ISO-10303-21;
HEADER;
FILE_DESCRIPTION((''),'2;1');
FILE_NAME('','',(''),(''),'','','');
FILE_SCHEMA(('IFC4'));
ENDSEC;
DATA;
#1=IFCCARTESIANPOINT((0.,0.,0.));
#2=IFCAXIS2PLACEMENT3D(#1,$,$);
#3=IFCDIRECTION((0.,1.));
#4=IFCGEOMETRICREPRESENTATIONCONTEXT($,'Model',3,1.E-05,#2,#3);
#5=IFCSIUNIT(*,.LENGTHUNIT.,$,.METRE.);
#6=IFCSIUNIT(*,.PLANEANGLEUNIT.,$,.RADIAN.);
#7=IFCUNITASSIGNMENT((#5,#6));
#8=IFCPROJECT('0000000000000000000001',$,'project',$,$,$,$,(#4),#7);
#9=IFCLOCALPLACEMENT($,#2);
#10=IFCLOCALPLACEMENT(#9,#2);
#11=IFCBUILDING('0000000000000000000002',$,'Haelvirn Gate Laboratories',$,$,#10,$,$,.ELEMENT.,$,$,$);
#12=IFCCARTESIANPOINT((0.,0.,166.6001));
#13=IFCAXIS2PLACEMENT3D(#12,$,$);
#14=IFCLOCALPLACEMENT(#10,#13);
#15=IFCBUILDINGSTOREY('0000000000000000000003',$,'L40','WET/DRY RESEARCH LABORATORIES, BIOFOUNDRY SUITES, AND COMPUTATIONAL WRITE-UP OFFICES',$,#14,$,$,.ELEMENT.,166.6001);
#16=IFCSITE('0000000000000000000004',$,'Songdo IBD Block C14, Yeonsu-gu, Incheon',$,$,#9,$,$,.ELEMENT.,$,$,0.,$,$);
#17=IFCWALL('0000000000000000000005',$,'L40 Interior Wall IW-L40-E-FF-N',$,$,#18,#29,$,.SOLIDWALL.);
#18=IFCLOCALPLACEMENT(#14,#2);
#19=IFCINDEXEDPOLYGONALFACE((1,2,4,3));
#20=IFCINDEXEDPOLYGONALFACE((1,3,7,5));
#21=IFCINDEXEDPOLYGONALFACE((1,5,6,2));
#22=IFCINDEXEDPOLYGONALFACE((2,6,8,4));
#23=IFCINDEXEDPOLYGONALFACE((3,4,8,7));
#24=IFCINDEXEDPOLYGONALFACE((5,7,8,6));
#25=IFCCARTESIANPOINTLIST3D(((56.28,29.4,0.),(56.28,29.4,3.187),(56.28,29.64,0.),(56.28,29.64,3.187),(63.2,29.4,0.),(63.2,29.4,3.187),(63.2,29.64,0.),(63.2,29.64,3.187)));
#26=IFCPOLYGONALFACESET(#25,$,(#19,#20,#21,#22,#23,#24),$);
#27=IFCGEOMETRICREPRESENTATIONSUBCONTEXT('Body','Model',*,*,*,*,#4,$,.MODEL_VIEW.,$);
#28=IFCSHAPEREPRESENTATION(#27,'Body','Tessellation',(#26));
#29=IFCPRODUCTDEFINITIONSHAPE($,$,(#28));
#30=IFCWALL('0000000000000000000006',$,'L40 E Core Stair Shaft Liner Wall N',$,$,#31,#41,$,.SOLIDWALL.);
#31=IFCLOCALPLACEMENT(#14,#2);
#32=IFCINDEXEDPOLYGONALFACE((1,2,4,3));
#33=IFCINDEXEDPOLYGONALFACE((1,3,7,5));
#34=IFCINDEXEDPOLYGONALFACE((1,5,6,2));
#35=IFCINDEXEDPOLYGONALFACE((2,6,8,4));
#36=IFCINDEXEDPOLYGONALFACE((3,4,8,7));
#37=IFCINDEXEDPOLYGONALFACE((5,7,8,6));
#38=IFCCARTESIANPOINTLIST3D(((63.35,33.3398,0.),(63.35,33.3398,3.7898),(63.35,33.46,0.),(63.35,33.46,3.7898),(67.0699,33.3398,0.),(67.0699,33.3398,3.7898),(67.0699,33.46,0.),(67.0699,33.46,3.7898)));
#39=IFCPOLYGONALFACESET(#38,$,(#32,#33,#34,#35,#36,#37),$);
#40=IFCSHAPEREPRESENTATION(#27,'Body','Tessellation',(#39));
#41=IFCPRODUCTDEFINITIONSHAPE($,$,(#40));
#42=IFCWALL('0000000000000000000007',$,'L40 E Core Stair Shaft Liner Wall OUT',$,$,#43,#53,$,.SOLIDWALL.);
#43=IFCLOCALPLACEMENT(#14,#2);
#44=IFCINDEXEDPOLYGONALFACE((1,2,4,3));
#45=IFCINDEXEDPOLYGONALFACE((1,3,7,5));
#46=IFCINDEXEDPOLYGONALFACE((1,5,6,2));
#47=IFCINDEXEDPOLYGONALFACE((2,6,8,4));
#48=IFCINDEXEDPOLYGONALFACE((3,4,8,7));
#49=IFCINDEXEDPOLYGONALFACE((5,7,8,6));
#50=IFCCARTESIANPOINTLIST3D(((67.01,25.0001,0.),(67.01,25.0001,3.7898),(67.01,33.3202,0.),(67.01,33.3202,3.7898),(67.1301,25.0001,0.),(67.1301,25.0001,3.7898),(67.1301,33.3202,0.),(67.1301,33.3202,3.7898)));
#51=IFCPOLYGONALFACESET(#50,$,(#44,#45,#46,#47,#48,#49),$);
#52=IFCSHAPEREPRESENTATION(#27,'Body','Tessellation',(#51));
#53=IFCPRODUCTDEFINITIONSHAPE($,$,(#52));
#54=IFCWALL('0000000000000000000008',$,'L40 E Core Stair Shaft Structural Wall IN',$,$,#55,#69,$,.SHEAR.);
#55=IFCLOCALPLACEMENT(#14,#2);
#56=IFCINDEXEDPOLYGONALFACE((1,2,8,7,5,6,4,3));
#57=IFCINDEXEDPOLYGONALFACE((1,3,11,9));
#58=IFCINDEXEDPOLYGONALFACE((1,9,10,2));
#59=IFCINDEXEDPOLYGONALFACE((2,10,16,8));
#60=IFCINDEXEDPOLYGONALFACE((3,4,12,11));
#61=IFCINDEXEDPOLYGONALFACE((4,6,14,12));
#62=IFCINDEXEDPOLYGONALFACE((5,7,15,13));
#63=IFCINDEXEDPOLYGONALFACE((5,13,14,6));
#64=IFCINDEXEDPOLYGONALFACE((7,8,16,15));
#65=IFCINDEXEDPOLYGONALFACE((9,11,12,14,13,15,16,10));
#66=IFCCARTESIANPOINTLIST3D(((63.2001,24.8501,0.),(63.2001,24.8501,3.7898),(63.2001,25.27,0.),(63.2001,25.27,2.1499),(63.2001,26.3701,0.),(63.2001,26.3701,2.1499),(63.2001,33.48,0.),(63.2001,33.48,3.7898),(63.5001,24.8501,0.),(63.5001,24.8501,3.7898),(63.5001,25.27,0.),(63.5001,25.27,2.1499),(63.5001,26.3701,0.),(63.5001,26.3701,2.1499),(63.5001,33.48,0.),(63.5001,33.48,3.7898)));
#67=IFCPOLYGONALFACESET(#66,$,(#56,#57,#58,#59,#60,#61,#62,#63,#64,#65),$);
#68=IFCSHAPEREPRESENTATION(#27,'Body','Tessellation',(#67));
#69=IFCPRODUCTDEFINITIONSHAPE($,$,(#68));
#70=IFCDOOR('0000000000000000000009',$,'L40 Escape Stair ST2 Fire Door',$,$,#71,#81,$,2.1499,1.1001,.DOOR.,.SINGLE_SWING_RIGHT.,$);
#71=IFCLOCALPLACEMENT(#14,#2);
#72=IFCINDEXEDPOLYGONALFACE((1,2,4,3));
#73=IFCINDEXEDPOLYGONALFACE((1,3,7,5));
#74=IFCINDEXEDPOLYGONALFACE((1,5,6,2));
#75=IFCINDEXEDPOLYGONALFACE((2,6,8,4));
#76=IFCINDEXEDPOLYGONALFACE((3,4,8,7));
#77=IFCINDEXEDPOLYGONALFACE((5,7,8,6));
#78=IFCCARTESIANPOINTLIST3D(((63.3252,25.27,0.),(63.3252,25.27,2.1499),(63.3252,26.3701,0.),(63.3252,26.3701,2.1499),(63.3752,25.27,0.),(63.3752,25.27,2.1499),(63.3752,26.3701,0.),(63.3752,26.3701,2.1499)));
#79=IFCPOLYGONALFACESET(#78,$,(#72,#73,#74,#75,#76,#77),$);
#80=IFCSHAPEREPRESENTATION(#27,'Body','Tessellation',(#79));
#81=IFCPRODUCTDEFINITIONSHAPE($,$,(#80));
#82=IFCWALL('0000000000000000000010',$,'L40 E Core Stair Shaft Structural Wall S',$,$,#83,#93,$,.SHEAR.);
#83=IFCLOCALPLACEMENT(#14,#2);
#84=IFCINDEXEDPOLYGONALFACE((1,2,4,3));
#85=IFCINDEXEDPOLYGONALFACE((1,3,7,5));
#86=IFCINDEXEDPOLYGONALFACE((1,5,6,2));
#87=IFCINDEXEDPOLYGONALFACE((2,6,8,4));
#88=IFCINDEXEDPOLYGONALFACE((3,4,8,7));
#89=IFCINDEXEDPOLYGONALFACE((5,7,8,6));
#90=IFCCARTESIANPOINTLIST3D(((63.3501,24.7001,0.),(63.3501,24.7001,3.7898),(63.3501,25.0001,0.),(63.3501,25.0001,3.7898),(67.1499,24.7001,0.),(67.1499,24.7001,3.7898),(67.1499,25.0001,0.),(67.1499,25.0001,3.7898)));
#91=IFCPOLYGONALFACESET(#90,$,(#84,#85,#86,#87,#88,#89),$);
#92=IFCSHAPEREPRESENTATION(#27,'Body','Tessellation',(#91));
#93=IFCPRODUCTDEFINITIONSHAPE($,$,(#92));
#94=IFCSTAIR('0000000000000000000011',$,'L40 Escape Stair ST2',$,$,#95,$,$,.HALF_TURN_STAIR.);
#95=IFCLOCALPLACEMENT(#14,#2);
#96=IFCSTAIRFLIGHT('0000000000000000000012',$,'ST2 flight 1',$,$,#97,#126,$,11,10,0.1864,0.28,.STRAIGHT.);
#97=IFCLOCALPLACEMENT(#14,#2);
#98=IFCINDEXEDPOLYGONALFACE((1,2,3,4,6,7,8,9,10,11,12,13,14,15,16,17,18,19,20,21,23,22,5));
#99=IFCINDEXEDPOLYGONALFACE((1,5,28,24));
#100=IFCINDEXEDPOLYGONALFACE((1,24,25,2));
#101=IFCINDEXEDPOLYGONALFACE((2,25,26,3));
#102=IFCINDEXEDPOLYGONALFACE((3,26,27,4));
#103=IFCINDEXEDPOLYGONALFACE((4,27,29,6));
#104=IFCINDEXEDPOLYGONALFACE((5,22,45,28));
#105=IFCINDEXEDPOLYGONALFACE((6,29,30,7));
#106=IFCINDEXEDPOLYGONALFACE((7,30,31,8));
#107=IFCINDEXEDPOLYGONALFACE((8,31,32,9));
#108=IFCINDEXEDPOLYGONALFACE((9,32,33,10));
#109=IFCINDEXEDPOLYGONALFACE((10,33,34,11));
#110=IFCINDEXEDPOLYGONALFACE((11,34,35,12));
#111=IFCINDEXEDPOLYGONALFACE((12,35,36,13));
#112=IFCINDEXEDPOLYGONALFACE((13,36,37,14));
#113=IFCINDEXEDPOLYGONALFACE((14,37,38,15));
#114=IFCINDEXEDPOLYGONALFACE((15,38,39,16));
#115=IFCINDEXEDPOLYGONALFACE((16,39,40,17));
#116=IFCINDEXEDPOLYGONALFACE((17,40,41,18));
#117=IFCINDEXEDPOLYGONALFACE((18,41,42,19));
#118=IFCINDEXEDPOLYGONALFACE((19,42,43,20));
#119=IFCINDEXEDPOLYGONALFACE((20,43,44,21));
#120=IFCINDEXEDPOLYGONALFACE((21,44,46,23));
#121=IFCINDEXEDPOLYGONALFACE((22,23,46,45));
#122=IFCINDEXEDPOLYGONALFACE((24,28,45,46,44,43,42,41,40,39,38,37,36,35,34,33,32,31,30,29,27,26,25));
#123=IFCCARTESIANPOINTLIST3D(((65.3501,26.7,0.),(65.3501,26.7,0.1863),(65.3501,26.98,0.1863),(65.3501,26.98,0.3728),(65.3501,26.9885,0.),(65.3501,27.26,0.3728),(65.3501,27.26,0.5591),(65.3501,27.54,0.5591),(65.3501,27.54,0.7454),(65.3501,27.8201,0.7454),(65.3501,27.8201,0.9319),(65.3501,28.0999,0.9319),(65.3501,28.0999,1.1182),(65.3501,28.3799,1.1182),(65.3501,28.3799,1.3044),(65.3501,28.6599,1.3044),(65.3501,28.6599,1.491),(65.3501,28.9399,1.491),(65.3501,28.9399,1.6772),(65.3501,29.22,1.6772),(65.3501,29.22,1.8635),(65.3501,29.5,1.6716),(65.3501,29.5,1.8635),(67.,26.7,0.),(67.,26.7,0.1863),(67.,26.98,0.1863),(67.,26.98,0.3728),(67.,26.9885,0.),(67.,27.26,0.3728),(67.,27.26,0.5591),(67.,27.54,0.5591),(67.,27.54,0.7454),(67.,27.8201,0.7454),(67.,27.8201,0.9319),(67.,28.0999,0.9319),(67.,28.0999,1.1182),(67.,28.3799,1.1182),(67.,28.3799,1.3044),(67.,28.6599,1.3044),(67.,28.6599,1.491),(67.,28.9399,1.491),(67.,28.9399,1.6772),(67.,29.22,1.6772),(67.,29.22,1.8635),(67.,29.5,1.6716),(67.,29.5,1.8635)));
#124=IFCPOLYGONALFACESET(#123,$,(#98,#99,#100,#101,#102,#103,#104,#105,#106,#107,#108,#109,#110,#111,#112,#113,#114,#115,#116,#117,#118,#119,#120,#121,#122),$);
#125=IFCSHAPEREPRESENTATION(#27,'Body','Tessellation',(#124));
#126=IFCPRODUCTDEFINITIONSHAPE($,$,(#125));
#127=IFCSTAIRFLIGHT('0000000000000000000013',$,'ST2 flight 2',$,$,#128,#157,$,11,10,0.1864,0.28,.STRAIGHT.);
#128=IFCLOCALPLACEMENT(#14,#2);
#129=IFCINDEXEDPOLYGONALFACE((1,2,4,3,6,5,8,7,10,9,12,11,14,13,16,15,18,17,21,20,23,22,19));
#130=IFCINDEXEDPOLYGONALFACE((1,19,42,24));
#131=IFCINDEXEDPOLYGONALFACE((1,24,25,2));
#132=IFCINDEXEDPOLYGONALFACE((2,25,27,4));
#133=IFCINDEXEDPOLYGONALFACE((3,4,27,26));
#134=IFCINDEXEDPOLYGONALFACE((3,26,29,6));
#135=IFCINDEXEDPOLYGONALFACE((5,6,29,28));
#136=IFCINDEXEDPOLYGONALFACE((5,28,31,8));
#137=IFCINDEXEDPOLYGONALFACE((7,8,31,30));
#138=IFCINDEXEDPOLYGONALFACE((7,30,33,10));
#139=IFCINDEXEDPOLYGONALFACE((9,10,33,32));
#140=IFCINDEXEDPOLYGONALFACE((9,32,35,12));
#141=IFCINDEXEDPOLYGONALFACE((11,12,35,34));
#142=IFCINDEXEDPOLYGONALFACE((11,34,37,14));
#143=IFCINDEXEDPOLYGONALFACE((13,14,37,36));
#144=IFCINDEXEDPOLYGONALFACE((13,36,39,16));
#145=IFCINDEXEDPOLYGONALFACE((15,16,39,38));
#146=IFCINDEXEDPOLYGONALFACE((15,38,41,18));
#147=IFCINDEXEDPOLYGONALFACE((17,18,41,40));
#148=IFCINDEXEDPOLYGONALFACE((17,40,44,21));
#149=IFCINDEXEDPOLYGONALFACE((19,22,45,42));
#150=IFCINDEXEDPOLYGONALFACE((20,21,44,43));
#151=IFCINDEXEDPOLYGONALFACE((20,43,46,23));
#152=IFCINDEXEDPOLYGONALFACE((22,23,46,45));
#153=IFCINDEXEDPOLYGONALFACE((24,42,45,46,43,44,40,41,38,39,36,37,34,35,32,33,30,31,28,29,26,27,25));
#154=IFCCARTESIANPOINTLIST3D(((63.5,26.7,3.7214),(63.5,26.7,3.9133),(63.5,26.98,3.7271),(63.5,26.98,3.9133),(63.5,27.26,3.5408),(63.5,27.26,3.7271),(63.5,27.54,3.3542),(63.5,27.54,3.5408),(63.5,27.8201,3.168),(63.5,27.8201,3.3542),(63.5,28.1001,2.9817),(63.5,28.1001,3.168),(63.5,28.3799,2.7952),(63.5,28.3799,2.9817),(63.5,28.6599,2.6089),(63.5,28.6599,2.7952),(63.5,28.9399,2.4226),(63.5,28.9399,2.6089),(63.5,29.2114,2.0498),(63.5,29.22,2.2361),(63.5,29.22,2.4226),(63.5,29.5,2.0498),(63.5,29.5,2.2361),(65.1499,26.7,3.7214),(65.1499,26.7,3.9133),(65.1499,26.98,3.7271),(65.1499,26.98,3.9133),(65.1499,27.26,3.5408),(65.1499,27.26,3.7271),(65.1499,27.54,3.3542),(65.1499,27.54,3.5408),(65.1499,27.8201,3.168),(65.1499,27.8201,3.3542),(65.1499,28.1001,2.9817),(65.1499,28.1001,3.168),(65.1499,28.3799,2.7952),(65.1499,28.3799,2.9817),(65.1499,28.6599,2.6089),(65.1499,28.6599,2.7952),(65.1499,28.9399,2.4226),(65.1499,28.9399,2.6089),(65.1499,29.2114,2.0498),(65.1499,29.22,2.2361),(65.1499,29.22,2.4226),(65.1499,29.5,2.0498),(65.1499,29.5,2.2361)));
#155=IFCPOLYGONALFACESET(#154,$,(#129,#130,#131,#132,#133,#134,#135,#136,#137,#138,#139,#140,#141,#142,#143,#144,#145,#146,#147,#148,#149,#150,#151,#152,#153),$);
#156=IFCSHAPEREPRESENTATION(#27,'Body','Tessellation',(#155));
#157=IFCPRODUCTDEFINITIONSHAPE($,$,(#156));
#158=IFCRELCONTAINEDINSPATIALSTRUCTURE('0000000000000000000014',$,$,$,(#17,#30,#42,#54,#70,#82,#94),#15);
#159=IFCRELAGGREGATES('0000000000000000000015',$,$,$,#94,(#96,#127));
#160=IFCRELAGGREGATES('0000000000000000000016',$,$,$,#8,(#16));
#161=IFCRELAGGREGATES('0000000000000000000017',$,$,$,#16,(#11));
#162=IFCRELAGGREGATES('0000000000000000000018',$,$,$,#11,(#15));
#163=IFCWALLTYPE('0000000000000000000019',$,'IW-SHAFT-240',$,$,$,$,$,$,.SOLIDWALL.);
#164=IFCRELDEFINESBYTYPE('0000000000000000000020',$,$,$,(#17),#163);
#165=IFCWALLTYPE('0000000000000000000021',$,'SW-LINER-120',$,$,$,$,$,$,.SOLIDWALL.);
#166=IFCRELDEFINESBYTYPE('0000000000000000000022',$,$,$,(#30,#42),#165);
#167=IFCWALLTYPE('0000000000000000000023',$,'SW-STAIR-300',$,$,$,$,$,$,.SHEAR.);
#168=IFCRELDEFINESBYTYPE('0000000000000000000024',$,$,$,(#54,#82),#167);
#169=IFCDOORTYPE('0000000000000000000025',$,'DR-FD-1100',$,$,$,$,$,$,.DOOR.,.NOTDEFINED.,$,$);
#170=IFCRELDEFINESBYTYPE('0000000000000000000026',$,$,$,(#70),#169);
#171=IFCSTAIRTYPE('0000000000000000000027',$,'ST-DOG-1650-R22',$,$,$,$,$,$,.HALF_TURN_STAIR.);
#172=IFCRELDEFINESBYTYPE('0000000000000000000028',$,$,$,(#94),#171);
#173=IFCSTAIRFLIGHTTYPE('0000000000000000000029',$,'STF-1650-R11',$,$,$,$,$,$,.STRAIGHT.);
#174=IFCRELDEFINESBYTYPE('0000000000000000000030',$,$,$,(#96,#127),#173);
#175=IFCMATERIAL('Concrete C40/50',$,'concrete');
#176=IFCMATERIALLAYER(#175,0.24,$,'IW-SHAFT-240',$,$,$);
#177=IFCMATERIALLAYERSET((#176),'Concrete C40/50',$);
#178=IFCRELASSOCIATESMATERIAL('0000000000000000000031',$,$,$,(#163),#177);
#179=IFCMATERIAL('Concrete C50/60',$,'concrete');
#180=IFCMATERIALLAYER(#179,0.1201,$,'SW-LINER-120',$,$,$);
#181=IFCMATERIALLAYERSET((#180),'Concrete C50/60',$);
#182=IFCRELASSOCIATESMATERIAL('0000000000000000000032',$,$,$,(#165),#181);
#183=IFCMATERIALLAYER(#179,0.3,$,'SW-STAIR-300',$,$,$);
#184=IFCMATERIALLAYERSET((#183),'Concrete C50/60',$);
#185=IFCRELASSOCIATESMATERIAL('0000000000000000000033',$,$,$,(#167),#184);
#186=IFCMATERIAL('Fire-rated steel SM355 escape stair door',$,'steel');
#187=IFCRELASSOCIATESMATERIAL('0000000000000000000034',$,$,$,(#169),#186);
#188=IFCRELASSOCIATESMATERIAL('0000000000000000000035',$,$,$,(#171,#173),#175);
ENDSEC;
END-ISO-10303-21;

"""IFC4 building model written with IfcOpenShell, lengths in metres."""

from ifc_helpers import new_model, si_unit, direction, frame, frame_2d, origin, place, context, subcontext, project, spatial, polyline, rectangle, outline, extrude, source, transform, mapped, material, layer, layer_set, type_object, type_shapes, element, fill, aggregate, save


model = new_model("IFC4")

# Units and contexts
model_context = context("Model", 3, precision=1e-05, world=origin(), true_north=direction((0.0, 1.0)))
body_context = subcontext(model_context, "Body", "Model", "MODEL_VIEW")
ifc_project = project(units=[si_unit("LENGTHUNIT", "METRE"), si_unit("PLANEANGLEUNIT", "RADIAN")], contexts=[model_context])

# Site, building, storey
site_placement = place(None, origin())
site = spatial("IfcSite", under=ifc_project, at=site_placement, Name="Songdo IBD Block C14, Yeonsu-gu, Incheon", CompositionType="ELEMENT", RefElevation=0.0)
building_placement = place(site_placement, origin())
building = spatial("IfcBuilding", under=site, at=building_placement, Name="Haelvirn Gate Laboratories", CompositionType="ELEMENT")
storey_placement = place(building_placement, frame((0.0, 0.0, 166.6001)))
storey = spatial("IfcBuildingStorey", under=building, at=storey_placement, Name="L40", Description="WET/DRY RESEARCH LABORATORIES, BIOFOUNDRY SUITES, AND COMPUTATIONAL WRITE-UP OFFICES", CompositionType="ELEMENT", Elevation=166.6001)

# Walls
ifc_material_1 = material(Name="Concrete C40/50", Category="concrete")
ifc_layer_1 = layer(ifc_material_1, 0.24, Name="IW-SHAFT-240")
ifc_layer_set_1 = layer_set([ifc_layer_1], Name="Concrete C40/50")
wall_type_1 = type_object("IfcWallType", Name="IW-SHAFT-240", PredefinedType="SOLIDWALL", material=ifc_layer_set_1)
wall_1_placement = place(storey_placement, frame((56.28, 29.52, 0.0), z_axis=(0.0, 0.0, 1.0), x_axis=(1.0, 0.0, 0.0)))
element("IfcWall", 1, at=wall_1_placement, inside=storey, type_object=wall_type_1, Name="L40 Interior Wall IW-L40-E-FF-N", PredefinedType="SOLIDWALL", context=body_context, shape_type="SweptSolid", body=[
    extrude(rectangle(XDim=6.9199, YDim=0.24, at=frame_2d((3.46, 0.0))), origin(), (0.0, 0.0, 1.0), 3.187),
])
ifc_material_2 = material(Name="Concrete C50/60", Category="concrete")
ifc_layer_2 = layer(ifc_material_2, 0.1201, Name="SW-LINER-120")
ifc_layer_set_2 = layer_set([ifc_layer_2], Name="Concrete C50/60")
wall_type_2 = type_object("IfcWallType", Name="SW-LINER-120", PredefinedType="SOLIDWALL", material=ifc_layer_set_2)
wall_2_placement = place(storey_placement, frame((63.3501, 33.3999, 0.0), z_axis=(0.0, 0.0, 1.0), x_axis=(1.0, 0.0, 0.0)))
element("IfcWall", 2, at=wall_2_placement, inside=storey, type_object=wall_type_2, Name="L40 E Core Stair Shaft Liner Wall N", PredefinedType="SOLIDWALL", context=body_context, shape_type="SweptSolid", body=[
    extrude(rectangle(XDim=3.72, YDim=0.1201, at=frame_2d((1.8599, 0.0))), origin(), (0.0, 0.0, 1.0), 3.7898),
])
wall_3_placement = place(storey_placement, frame((67.0701, 25.0, 0.0), z_axis=(0.0, 0.0, 1.0), x_axis=(0.0, 1.0, 0.0)))
element("IfcWall", 3, at=wall_3_placement, inside=storey, type_object=wall_type_2, Name="L40 E Core Stair Shaft Liner Wall OUT", PredefinedType="SOLIDWALL", context=body_context, shape_type="SweptSolid", body=[
    extrude(rectangle(XDim=8.3201, YDim=0.1201, at=frame_2d((4.1602, 0.0))), origin(), (0.0, 0.0, 1.0), 3.7898),
])

# Wall, opening, door
ifc_layer_3 = layer(ifc_material_2, 0.3, Name="SW-STAIR-300")
ifc_layer_set_3 = layer_set([ifc_layer_3], Name="Concrete C50/60")
wall_type_3 = type_object("IfcWallType", Name="SW-STAIR-300", PredefinedType="SHEAR", material=ifc_layer_set_3)
wall_4_placement = place(storey_placement, frame((63.3501, 24.8501, 0.0), z_axis=(0.0, 0.0, 1.0), x_axis=(0.0, 1.0, 0.0)))
wall_4 = element("IfcWall", 4, at=wall_4_placement, inside=storey, type_object=wall_type_3, Name="L40 E Core Stair Shaft Structural Wall IN", PredefinedType="SHEAR", context=body_context, shape_type="SweptSolid", body=[
    extrude(rectangle(XDim=8.6299, YDim=0.3, at=frame_2d((4.3149, 0.0))), origin(), (0.0, 0.0, 1.0), 3.7898),
])
opening_1_placement = place(wall_4_placement, frame((0.4199, 0.0, 0.0)))
opening_1 = element("IfcOpeningElement", 5, at=opening_1_placement, cuts=wall_4, PredefinedType="OPENING", context=body_context, shape_type="SweptSolid", body=[
    extrude(rectangle(XDim=1.1001, YDim=2.1499, at=frame_2d((0.55, 1.075))), frame((0.0, 0.1602, 0.0), z_axis=(0.0, -1.0, 0.0), x_axis=(1.0, 0.0, 0.0)), (0.0, 0.0, 1.0), 0.3201),
])
ifc_material_3 = material(Name="Fire-rated steel SM355 escape stair door", Category="steel")
door_type_1 = type_object("IfcDoorType", Name="DR-FD-1100", OperationType="NOTDEFINED", PredefinedType="DOOR", material=ifc_material_3)
shared_shape_1 = source(origin(), body_context, "Body", "SweptSolid", [
    extrude(rectangle(XDim=1.1001, YDim=2.1499, at=frame_2d((0.55, 1.075))), frame((0.0, 0.0249, 0.0), z_axis=(0.0, -1.0, 0.0), x_axis=(1.0, 0.0, 0.0)), (0.0, 0.0, 1.0), 0.05),
])
type_shapes(door_type_1, [shared_shape_1])
door_1_placement = place(opening_1_placement, origin())
door_1 = element("IfcDoor", 6, at=door_1_placement, inside=storey, type_object=door_type_1, Name="L40 Escape Stair ST2 Fire Door", OperationType="SINGLE_SWING_RIGHT", OverallHeight=2.1499, OverallWidth=1.1001, PredefinedType="DOOR", context=body_context, shape_type="MappedRepresentation", body=[
    mapped(shared_shape_1, transform((0.0, 0.0, 0.0), scale=1.0)),
])
fill(opening_1, door_1)

# Wall
wall_5_placement = place(storey_placement, frame((63.3501, 24.8501, 0.0), z_axis=(0.0, 0.0, 1.0), x_axis=(1.0, 0.0, 0.0)))
element("IfcWall", 7, at=wall_5_placement, inside=storey, type_object=wall_type_3, Name="L40 E Core Stair Shaft Structural Wall S", PredefinedType="SHEAR", context=body_context, shape_type="SweptSolid", body=[
    extrude(rectangle(XDim=3.7998, YDim=0.3, at=frame_2d((1.8999, 0.0))), origin(), (0.0, 0.0, 1.0), 3.7898),
])

# Stair, stair flights
stair_type = type_object("IfcStairType", Name="ST-DOG-1650-R22", PredefinedType="HALF_TURN_STAIR", material=ifc_material_1)
stair_placement = place(storey_placement, origin())
stair = element("IfcStair", 8, at=stair_placement, inside=storey, type_object=stair_type, Name="L40 Escape Stair ST2", PredefinedType="HALF_TURN_STAIR")
stair_flight_type = type_object("IfcStairFlightType", Name="STF-1650-R11", PredefinedType="STRAIGHT", material=ifc_material_1)
shared_shape_2 = source(origin(), body_context, "Body", "SweptSolid", [
    extrude(outline(polyline([(0.0, 0.0), (0.0, 0.1863), (0.28, 0.1863), (0.28, 0.3728), (0.5601, 0.3728), (0.5601, 0.5591), (0.8401, 0.5591), (0.8401, 0.7454), (1.1201, 0.7454), (1.1201, 0.9319), (1.3999, 0.9319), (1.3999, 1.1182), (1.6799, 1.1182), (1.6799, 1.3044), (1.96, 1.3044), (1.96, 1.491), (2.24, 1.491), (2.24, 1.6772), (2.52, 1.6772), (2.52, 1.8635), (2.8, 1.8635), (2.8, 2.05), (2.8, 1.6716), (0.2886, 0.0), (0.0, 0.0)])), frame((0.0, 0.825, 0.0), z_axis=(0.0, -1.0, 0.0), x_axis=(1.0, 0.0, 0.0)), (0.0, 0.0, 1.0), 1.6499),
])
type_shapes(stair_flight_type, [shared_shape_2])
stair_flight_1_placement = place(storey_placement, frame((66.175, 26.7, 0.0), z_axis=(0.0, 0.0, 1.0), x_axis=(0.0, 1.0, 0.0)))
stair_flight_1 = element("IfcStairFlight", 9, at=stair_flight_1_placement, type_object=stair_flight_type, Name="ST2 flight 1", NumberOfRisers=11, NumberOfTreads=10, PredefinedType="STRAIGHT", RiserHeight=0.1864, TreadLength=0.28, context=body_context, shape_type="MappedRepresentation", body=[
    mapped(shared_shape_2, transform((0.0, 0.0, 0.0), scale=1.0)),
])
stair_flight_2_placement = place(storey_placement, frame((64.325, 29.5, 2.0498), z_axis=(0.0, 0.0, 1.0), x_axis=(0.0, -1.0, 0.0)))
stair_flight_2 = element("IfcStairFlight", 10, at=stair_flight_2_placement, type_object=stair_flight_type, Name="ST2 flight 2", NumberOfRisers=11, NumberOfTreads=10, PredefinedType="STRAIGHT", RiserHeight=0.1864, TreadLength=0.28, context=body_context, shape_type="MappedRepresentation", body=[
    mapped(shared_shape_2, transform((0.0, 0.0, 0.0), scale=1.0)),
])
aggregate(stair, [stair_flight_1, stair_flight_2])

save(model, "model.ifc")
